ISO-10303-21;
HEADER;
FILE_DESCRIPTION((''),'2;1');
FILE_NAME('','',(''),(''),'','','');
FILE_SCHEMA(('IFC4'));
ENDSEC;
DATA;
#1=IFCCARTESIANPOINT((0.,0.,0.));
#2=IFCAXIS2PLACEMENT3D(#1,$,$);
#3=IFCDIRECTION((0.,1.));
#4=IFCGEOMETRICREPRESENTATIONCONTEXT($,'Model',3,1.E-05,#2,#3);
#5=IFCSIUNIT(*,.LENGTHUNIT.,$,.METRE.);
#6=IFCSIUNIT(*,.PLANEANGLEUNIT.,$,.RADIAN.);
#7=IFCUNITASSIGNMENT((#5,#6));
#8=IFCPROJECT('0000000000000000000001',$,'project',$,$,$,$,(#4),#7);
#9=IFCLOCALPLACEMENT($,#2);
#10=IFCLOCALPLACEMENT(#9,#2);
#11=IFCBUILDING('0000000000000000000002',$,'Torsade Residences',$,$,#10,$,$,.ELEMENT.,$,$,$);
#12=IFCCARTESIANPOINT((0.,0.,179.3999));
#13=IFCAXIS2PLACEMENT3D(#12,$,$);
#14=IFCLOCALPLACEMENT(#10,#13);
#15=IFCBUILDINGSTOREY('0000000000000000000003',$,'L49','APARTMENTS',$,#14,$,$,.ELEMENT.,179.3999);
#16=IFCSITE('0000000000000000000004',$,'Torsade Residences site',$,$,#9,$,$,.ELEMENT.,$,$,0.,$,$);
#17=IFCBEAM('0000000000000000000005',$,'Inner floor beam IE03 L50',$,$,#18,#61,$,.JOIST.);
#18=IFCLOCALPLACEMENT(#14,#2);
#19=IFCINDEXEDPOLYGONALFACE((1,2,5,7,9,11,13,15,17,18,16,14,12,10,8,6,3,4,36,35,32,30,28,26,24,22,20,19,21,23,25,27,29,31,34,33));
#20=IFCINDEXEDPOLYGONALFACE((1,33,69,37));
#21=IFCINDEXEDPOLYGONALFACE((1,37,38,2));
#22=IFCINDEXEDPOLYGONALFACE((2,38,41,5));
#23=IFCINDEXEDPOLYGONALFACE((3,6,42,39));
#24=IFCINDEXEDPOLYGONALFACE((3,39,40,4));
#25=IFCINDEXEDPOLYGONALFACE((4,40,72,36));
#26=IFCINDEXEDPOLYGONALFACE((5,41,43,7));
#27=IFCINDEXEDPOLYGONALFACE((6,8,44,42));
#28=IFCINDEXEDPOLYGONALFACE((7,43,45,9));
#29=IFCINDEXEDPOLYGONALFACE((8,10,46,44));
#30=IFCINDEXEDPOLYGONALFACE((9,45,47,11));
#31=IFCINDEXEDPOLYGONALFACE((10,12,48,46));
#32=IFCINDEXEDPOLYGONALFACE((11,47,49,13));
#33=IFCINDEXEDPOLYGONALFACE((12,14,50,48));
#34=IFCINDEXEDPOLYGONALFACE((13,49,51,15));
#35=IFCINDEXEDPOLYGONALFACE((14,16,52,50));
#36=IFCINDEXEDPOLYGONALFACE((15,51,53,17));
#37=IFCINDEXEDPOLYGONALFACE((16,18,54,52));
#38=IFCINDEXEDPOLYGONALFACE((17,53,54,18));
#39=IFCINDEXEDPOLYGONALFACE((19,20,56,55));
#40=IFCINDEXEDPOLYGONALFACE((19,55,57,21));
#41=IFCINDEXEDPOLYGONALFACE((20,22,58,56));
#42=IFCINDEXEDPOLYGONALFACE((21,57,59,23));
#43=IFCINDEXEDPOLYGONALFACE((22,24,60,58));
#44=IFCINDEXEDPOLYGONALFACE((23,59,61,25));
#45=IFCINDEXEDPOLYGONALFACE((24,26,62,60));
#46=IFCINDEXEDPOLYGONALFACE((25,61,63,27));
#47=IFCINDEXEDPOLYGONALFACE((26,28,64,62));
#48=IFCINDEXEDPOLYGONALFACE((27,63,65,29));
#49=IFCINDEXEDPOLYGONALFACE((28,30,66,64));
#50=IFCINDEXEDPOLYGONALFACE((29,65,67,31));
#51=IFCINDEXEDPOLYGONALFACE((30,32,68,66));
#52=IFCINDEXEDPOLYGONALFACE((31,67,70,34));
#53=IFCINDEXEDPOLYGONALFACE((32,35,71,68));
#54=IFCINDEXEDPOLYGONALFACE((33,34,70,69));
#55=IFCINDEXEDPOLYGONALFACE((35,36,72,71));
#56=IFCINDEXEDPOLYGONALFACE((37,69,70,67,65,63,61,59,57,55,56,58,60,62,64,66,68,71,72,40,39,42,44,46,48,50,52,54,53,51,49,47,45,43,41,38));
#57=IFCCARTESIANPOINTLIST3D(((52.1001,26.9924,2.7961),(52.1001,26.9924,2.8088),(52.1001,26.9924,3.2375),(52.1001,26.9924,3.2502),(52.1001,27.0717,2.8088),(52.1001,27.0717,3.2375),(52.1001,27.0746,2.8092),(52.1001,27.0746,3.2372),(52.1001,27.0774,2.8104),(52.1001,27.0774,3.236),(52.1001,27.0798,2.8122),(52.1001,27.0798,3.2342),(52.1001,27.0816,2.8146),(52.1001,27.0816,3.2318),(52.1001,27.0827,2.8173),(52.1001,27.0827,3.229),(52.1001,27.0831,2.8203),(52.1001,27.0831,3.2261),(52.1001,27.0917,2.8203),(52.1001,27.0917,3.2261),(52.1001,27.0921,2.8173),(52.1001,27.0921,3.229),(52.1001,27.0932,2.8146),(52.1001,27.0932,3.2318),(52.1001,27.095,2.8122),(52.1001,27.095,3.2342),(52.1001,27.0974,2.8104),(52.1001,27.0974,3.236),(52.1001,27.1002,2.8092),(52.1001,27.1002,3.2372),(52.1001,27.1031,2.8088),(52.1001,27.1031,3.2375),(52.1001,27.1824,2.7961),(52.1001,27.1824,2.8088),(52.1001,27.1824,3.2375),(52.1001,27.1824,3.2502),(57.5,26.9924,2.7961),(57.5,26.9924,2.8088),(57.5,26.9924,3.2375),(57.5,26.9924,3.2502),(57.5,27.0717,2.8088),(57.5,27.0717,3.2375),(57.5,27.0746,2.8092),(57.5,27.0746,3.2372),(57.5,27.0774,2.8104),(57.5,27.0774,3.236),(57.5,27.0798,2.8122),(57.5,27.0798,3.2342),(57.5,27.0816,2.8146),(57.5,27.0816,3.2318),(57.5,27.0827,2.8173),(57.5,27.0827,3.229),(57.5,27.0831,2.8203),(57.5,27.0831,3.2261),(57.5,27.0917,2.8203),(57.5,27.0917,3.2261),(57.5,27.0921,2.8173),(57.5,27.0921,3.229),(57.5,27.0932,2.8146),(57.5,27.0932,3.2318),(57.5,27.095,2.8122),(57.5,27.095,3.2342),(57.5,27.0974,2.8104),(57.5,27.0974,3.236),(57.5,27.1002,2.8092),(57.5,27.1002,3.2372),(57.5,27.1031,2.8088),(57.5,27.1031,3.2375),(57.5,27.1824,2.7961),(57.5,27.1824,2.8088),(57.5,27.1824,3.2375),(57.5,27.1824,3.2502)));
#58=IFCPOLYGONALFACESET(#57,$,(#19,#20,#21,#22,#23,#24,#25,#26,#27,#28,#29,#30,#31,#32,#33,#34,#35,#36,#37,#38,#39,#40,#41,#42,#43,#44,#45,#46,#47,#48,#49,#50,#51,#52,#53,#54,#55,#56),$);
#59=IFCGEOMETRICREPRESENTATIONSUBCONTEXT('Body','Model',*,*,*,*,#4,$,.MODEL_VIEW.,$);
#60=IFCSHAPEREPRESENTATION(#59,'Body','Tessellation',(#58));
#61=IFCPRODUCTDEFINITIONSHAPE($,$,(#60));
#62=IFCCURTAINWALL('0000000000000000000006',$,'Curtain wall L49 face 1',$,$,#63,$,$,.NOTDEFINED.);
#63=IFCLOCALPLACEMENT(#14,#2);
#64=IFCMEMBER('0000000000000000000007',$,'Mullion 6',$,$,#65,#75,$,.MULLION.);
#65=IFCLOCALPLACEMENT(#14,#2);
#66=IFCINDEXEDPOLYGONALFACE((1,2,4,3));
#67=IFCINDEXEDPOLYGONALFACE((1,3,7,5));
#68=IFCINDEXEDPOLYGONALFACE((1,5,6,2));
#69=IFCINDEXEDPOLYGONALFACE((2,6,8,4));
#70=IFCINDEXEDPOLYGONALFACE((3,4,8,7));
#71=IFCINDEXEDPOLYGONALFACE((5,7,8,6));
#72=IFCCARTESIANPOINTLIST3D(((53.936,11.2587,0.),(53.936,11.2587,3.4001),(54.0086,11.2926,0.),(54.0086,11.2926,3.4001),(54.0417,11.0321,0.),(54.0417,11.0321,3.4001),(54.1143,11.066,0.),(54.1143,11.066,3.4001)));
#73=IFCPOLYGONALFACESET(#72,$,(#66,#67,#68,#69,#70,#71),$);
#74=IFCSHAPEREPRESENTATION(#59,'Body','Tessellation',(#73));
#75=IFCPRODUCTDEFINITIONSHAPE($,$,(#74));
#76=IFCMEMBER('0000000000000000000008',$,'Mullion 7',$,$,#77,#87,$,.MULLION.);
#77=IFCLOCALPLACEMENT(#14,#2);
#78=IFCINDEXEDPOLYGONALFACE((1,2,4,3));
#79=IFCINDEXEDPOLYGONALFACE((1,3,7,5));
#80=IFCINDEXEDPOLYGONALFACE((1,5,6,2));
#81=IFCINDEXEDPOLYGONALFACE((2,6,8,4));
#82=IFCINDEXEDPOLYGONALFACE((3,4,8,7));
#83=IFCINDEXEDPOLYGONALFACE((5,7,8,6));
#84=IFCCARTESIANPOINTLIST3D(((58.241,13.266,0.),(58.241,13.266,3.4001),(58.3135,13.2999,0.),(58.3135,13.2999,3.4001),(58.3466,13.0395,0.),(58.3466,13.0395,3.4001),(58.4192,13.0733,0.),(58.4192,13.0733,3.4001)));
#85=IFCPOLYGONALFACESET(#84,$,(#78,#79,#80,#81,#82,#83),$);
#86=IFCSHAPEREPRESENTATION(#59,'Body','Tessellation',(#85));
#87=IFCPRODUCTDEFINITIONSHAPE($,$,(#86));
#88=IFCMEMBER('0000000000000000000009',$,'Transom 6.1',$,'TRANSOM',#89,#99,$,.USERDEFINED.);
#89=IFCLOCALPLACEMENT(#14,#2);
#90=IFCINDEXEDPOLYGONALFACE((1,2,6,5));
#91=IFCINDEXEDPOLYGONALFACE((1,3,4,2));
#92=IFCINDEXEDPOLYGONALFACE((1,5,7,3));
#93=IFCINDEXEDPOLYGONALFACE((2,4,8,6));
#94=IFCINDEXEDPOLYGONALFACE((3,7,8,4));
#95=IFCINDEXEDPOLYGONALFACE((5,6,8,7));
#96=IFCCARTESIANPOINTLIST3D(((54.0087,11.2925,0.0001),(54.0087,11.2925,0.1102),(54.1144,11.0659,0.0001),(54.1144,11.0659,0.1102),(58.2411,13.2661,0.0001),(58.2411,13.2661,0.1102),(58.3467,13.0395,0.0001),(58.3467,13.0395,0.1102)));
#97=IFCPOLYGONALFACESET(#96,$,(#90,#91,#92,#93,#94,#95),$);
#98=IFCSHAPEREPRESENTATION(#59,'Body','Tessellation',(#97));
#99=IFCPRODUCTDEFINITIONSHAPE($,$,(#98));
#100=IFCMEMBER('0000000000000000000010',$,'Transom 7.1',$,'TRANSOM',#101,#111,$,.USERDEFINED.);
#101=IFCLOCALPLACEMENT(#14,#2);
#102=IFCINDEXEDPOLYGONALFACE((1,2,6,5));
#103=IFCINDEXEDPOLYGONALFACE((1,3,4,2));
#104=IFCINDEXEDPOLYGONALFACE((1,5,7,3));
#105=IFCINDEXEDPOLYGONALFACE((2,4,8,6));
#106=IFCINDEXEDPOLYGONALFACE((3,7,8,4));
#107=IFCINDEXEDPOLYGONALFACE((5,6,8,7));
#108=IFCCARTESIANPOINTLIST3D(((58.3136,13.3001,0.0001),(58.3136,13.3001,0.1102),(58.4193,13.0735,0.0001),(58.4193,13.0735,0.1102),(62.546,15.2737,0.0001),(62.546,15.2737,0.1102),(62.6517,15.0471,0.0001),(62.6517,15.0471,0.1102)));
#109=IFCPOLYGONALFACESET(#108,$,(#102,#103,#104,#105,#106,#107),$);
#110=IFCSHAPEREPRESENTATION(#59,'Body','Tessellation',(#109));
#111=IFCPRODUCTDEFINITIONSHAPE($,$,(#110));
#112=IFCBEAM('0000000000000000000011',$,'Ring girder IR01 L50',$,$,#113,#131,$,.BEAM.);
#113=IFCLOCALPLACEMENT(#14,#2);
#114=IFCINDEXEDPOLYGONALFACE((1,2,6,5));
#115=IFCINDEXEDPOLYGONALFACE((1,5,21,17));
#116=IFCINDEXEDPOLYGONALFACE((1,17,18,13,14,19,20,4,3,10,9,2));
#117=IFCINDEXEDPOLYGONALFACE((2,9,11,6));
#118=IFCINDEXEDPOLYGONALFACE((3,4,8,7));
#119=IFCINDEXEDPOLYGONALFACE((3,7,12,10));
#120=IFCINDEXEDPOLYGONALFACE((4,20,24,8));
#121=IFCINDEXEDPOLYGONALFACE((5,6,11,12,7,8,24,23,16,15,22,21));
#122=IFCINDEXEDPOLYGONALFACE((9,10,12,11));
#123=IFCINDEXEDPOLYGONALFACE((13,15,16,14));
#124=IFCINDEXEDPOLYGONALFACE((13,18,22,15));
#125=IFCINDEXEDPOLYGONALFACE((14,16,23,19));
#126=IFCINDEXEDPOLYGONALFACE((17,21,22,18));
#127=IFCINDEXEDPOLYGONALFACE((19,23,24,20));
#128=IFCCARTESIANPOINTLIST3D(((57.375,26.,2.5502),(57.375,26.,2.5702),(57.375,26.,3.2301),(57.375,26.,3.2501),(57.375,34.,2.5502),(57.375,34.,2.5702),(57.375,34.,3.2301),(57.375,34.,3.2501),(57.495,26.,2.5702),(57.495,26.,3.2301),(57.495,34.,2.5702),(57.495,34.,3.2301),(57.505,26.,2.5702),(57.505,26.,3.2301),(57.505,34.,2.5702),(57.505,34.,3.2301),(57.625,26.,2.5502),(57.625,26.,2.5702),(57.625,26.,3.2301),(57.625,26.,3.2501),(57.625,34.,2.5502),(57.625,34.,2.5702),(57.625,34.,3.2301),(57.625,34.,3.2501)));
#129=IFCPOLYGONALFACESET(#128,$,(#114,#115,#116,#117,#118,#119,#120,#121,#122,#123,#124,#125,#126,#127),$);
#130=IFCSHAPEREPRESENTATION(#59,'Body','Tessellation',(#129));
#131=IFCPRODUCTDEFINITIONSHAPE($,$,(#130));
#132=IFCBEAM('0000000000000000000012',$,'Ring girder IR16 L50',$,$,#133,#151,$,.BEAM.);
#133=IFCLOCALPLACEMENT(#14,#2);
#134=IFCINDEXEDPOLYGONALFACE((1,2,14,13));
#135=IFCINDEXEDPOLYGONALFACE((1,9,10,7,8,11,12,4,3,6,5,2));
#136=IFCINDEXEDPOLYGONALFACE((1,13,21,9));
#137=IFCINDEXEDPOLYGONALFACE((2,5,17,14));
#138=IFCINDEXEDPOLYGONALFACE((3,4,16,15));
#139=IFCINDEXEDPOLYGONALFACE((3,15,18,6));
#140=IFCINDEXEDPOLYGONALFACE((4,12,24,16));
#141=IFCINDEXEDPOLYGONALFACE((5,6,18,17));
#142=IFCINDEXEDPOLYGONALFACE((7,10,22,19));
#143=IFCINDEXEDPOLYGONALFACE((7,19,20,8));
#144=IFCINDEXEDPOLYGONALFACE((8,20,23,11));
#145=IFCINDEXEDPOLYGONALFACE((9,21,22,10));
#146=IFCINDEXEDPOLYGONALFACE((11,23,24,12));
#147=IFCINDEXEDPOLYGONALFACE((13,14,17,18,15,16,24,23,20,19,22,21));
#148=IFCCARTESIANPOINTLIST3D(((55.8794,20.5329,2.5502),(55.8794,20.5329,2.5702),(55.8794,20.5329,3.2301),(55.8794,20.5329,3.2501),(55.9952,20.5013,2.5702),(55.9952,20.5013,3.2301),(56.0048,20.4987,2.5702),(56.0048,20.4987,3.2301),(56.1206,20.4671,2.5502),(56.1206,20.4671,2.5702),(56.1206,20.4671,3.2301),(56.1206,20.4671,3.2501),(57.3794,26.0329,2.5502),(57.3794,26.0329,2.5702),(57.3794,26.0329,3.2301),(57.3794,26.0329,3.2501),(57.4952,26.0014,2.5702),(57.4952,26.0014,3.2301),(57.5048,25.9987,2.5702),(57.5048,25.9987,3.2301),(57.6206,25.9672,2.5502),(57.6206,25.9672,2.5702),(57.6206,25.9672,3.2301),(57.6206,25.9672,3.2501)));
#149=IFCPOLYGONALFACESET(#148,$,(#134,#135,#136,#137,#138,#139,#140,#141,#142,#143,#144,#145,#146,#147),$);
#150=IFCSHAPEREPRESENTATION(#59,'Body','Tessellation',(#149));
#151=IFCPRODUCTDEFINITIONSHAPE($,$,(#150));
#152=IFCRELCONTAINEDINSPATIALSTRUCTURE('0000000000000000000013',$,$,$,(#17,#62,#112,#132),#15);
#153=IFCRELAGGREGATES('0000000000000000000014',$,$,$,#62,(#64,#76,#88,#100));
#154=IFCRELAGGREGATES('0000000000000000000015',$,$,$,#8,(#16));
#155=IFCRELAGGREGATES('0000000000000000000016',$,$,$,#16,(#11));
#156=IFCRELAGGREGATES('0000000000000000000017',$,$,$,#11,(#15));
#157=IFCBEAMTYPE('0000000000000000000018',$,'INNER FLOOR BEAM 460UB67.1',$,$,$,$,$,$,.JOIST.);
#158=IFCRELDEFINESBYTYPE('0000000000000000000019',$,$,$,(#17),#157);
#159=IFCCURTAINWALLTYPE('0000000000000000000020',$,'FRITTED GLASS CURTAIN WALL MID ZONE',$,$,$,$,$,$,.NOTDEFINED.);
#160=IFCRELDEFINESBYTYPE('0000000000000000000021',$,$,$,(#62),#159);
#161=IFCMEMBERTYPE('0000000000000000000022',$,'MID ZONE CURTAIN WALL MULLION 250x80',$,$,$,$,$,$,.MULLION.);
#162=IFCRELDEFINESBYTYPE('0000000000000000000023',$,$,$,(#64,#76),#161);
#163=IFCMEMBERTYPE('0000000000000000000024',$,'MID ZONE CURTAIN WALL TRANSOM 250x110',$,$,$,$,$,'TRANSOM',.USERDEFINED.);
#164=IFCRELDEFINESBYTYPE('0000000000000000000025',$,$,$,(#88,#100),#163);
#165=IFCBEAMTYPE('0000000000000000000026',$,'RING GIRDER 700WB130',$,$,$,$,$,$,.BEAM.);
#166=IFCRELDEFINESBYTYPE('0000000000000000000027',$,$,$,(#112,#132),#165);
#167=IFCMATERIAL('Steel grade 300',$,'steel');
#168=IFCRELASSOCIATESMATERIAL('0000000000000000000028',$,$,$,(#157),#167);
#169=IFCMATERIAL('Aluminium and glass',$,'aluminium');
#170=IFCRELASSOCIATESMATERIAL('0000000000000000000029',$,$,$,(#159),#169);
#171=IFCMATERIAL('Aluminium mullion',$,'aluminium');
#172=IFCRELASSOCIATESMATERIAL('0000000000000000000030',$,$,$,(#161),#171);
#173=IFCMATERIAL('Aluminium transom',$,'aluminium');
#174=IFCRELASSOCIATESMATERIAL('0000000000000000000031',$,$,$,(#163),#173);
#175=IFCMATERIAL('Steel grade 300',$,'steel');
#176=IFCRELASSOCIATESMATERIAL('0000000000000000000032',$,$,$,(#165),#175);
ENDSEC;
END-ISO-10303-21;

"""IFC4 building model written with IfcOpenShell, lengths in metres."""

from ifc_helpers import new_model, si_unit, direction, frame, origin, origin_2d, place, context, subcontext, project, spatial, rectangle, i_section, extrude, material, material_profile, profile_set, type_object, element, aggregate, save


model = new_model("IFC4")

# Units and contexts
model_context = context("Model", 3, precision=1e-05, world=origin(), true_north=direction((0.0, 1.0)))
body_context = subcontext(model_context, "Body", "Model", "MODEL_VIEW")
ifc_project = project(units=[si_unit("LENGTHUNIT", "METRE"), si_unit("PLANEANGLEUNIT", "RADIAN")], contexts=[model_context])

# Site, building, storey
site_placement = place(None, origin())
site = spatial("IfcSite", under=ifc_project, at=site_placement, Name="Torsade Residences site", CompositionType="ELEMENT", RefElevation=0.0)
building_placement = place(site_placement, origin())
building = spatial("IfcBuilding", under=site, at=building_placement, Name="Torsade Residences", CompositionType="ELEMENT")
storey_placement = place(building_placement, frame((0.0, 0.0, 179.3999)))
storey = spatial("IfcBuildingStorey", under=building, at=storey_placement, Name="L49", Description="APARTMENTS", CompositionType="ELEMENT", Elevation=179.3999)

# Beam
ifc_material_1 = material(Name="Steel grade 300", Category="steel")
ifc_material_profile_1 = material_profile(ifc_material_1, i_section(OverallWidth=0.1899, OverallDepth=0.4541, WebThickness=0.0085, FlangeThickness=0.0127, FilletRadius=0.0115, at=origin_2d()), Name="460UB67.1")
ifc_profile_set_1 = profile_set([ifc_material_profile_1], Name="Steel grade 300")
beam_type_1 = type_object("IfcBeamType", Name="INNER FLOOR BEAM 460UB67.1", PredefinedType="JOIST", material=ifc_profile_set_1)
beam_1_placement = place(storey_placement, frame((52.1001, 27.0874, 3.0232), z_axis=(1.0, 0.0, 0.0), x_axis=(0.0, 1.0, 0.0)))
element("IfcBeam", 1, at=beam_1_placement, inside=storey, type_object=beam_type_1, Name="Inner floor beam IE03 L50", PredefinedType="JOIST", context=body_context, shape_type="SweptSolid", body=[
    extrude(i_section(OverallWidth=0.1899, OverallDepth=0.4541, WebThickness=0.0085, FlangeThickness=0.0127, FilletRadius=0.0115, at=origin_2d()), origin(), (0.0, 0.0, 1.0), 5.3999),
])

# Curtain wall, members
ifc_material_2 = material(Name="Aluminium and glass", Category="aluminium")
curtain_wall_type = type_object("IfcCurtainWallType", Name="FRITTED GLASS CURTAIN WALL MID ZONE", PredefinedType="NOTDEFINED", material=ifc_material_2)
curtain_wall_placement = place(storey_placement, origin())
curtain_wall = element("IfcCurtainWall", 2, at=curtain_wall_placement, inside=storey, type_object=curtain_wall_type, Name="Curtain wall L49 face 1", PredefinedType="NOTDEFINED")
ifc_material_3 = material(Name="Aluminium mullion", Category="aluminium")
ifc_material_profile_2 = material_profile(ifc_material_3, rectangle(XDim=0.25, YDim=0.0801, at=origin_2d()), Name="MID ZONE CURTAIN WALL MULLION 250x80")
ifc_profile_set_2 = profile_set([ifc_material_profile_2], Name="Aluminium mullion")
member_type_1 = type_object("IfcMemberType", Name="MID ZONE CURTAIN WALL MULLION 250x80", PredefinedType="MULLION", material=ifc_profile_set_2)
member_1_placement = place(storey_placement, frame((54.0251, 11.1624, 0.0), z_axis=(0.0, 0.0, 1.0), x_axis=(-0.422618, 0.906308, 0.0)))
member_1 = element("IfcMember", 3, at=member_1_placement, type_object=member_type_1, Name="Mullion 6", PredefinedType="MULLION", context=body_context, shape_type="SweptSolid", body=[
    extrude(rectangle(XDim=0.25, YDim=0.0801, at=origin_2d()), origin(), (0.0, 0.0, 1.0), 3.4001),
])
member_2_placement = place(storey_placement, frame((58.3301, 13.1697, 0.0), z_axis=(0.0, 0.0, 1.0), x_axis=(-0.422618, 0.906308, 0.0)))
member_2 = element("IfcMember", 4, at=member_2_placement, type_object=member_type_1, Name="Mullion 7", PredefinedType="MULLION", context=body_context, shape_type="SweptSolid", body=[
    extrude(rectangle(XDim=0.25, YDim=0.0801, at=origin_2d()), origin(), (0.0, 0.0, 1.0), 3.4001),
])
ifc_material_4 = material(Name="Aluminium transom", Category="aluminium")
ifc_material_profile_3 = material_profile(ifc_material_4, rectangle(XDim=0.25, YDim=0.1101, at=origin_2d()), Name="MID ZONE CURTAIN WALL TRANSOM 250x110")
ifc_profile_set_3 = profile_set([ifc_material_profile_3], Name="Aluminium transom")
member_type_2 = type_object("IfcMemberType", Name="MID ZONE CURTAIN WALL TRANSOM 250x110", ElementType="TRANSOM", PredefinedType="USERDEFINED", material=ifc_profile_set_3)
member_3_placement = place(storey_placement, frame((54.0615, 11.1792, 0.0552), z_axis=(0.906306, 0.422622, 0.0), x_axis=(-0.422622, 0.906306, 0.0)))
member_3 = element("IfcMember", 5, at=member_3_placement, type_object=member_type_2, Name="Transom 6.1", ObjectType="TRANSOM", PredefinedType="USERDEFINED", context=body_context, shape_type="SweptSolid", body=[
    extrude(rectangle(XDim=0.25, YDim=0.1101, at=origin_2d()), origin(), (0.0, 0.0, 1.0), 4.6699),
])
member_4_placement = place(storey_placement, frame((58.3665, 13.1868, 0.0552), z_axis=(0.906306, 0.422622, 0.0), x_axis=(-0.422622, 0.906306, 0.0)))
member_4 = element("IfcMember", 6, at=member_4_placement, type_object=member_type_2, Name="Transom 7.1", ObjectType="TRANSOM", PredefinedType="USERDEFINED", context=body_context, shape_type="SweptSolid", body=[
    extrude(rectangle(XDim=0.25, YDim=0.1101, at=origin_2d()), origin(), (0.0, 0.0, 1.0), 4.6699),
])

# Beams
ifc_material_5 = material(Name="Steel grade 300", Category="steel")
ifc_material_profile_4 = material_profile(ifc_material_5, i_section(OverallWidth=0.25, OverallDepth=0.7, WebThickness=0.01, FlangeThickness=0.02, at=origin_2d()), Name="700WB130")
ifc_profile_set_4 = profile_set([ifc_material_profile_4], Name="Steel grade 300")
beam_type_2 = type_object("IfcBeamType", Name="RING GIRDER 700WB130", PredefinedType="BEAM", material=ifc_profile_set_4)
beam_2_placement = place(storey_placement, frame((57.5, 26.0, 2.9001), z_axis=(0.0, 1.0, 0.0), x_axis=(-1.0, 0.0, 0.0)))
element("IfcBeam", 7, at=beam_2_placement, inside=storey, type_object=beam_type_2, Name="Ring girder IR01 L50", PredefinedType="BEAM", context=body_context, shape_type="SweptSolid", body=[
    extrude(i_section(OverallWidth=0.25, OverallDepth=0.7, WebThickness=0.01, FlangeThickness=0.02, at=origin_2d()), origin(), (0.0, 0.0, 1.0), 8.0),
])
beam_3_placement = place(storey_placement, frame((56.0, 20.5, 2.9001), z_axis=(0.263117, 0.964764, 0.0), x_axis=(-0.964764, 0.263117, 0.0)))
element("IfcBeam", 8, at=beam_3_placement, inside=storey, type_object=beam_type_2, Name="Ring girder IR16 L50", PredefinedType="BEAM", context=body_context, shape_type="SweptSolid", body=[
    extrude(i_section(OverallWidth=0.25, OverallDepth=0.7, WebThickness=0.01, FlangeThickness=0.02, at=origin_2d()), origin(), (0.0, 0.0, 1.0), 5.7009),
])

aggregate(curtain_wall, [member_1, member_2, member_3, member_4])

save(model, "model.ifc")
